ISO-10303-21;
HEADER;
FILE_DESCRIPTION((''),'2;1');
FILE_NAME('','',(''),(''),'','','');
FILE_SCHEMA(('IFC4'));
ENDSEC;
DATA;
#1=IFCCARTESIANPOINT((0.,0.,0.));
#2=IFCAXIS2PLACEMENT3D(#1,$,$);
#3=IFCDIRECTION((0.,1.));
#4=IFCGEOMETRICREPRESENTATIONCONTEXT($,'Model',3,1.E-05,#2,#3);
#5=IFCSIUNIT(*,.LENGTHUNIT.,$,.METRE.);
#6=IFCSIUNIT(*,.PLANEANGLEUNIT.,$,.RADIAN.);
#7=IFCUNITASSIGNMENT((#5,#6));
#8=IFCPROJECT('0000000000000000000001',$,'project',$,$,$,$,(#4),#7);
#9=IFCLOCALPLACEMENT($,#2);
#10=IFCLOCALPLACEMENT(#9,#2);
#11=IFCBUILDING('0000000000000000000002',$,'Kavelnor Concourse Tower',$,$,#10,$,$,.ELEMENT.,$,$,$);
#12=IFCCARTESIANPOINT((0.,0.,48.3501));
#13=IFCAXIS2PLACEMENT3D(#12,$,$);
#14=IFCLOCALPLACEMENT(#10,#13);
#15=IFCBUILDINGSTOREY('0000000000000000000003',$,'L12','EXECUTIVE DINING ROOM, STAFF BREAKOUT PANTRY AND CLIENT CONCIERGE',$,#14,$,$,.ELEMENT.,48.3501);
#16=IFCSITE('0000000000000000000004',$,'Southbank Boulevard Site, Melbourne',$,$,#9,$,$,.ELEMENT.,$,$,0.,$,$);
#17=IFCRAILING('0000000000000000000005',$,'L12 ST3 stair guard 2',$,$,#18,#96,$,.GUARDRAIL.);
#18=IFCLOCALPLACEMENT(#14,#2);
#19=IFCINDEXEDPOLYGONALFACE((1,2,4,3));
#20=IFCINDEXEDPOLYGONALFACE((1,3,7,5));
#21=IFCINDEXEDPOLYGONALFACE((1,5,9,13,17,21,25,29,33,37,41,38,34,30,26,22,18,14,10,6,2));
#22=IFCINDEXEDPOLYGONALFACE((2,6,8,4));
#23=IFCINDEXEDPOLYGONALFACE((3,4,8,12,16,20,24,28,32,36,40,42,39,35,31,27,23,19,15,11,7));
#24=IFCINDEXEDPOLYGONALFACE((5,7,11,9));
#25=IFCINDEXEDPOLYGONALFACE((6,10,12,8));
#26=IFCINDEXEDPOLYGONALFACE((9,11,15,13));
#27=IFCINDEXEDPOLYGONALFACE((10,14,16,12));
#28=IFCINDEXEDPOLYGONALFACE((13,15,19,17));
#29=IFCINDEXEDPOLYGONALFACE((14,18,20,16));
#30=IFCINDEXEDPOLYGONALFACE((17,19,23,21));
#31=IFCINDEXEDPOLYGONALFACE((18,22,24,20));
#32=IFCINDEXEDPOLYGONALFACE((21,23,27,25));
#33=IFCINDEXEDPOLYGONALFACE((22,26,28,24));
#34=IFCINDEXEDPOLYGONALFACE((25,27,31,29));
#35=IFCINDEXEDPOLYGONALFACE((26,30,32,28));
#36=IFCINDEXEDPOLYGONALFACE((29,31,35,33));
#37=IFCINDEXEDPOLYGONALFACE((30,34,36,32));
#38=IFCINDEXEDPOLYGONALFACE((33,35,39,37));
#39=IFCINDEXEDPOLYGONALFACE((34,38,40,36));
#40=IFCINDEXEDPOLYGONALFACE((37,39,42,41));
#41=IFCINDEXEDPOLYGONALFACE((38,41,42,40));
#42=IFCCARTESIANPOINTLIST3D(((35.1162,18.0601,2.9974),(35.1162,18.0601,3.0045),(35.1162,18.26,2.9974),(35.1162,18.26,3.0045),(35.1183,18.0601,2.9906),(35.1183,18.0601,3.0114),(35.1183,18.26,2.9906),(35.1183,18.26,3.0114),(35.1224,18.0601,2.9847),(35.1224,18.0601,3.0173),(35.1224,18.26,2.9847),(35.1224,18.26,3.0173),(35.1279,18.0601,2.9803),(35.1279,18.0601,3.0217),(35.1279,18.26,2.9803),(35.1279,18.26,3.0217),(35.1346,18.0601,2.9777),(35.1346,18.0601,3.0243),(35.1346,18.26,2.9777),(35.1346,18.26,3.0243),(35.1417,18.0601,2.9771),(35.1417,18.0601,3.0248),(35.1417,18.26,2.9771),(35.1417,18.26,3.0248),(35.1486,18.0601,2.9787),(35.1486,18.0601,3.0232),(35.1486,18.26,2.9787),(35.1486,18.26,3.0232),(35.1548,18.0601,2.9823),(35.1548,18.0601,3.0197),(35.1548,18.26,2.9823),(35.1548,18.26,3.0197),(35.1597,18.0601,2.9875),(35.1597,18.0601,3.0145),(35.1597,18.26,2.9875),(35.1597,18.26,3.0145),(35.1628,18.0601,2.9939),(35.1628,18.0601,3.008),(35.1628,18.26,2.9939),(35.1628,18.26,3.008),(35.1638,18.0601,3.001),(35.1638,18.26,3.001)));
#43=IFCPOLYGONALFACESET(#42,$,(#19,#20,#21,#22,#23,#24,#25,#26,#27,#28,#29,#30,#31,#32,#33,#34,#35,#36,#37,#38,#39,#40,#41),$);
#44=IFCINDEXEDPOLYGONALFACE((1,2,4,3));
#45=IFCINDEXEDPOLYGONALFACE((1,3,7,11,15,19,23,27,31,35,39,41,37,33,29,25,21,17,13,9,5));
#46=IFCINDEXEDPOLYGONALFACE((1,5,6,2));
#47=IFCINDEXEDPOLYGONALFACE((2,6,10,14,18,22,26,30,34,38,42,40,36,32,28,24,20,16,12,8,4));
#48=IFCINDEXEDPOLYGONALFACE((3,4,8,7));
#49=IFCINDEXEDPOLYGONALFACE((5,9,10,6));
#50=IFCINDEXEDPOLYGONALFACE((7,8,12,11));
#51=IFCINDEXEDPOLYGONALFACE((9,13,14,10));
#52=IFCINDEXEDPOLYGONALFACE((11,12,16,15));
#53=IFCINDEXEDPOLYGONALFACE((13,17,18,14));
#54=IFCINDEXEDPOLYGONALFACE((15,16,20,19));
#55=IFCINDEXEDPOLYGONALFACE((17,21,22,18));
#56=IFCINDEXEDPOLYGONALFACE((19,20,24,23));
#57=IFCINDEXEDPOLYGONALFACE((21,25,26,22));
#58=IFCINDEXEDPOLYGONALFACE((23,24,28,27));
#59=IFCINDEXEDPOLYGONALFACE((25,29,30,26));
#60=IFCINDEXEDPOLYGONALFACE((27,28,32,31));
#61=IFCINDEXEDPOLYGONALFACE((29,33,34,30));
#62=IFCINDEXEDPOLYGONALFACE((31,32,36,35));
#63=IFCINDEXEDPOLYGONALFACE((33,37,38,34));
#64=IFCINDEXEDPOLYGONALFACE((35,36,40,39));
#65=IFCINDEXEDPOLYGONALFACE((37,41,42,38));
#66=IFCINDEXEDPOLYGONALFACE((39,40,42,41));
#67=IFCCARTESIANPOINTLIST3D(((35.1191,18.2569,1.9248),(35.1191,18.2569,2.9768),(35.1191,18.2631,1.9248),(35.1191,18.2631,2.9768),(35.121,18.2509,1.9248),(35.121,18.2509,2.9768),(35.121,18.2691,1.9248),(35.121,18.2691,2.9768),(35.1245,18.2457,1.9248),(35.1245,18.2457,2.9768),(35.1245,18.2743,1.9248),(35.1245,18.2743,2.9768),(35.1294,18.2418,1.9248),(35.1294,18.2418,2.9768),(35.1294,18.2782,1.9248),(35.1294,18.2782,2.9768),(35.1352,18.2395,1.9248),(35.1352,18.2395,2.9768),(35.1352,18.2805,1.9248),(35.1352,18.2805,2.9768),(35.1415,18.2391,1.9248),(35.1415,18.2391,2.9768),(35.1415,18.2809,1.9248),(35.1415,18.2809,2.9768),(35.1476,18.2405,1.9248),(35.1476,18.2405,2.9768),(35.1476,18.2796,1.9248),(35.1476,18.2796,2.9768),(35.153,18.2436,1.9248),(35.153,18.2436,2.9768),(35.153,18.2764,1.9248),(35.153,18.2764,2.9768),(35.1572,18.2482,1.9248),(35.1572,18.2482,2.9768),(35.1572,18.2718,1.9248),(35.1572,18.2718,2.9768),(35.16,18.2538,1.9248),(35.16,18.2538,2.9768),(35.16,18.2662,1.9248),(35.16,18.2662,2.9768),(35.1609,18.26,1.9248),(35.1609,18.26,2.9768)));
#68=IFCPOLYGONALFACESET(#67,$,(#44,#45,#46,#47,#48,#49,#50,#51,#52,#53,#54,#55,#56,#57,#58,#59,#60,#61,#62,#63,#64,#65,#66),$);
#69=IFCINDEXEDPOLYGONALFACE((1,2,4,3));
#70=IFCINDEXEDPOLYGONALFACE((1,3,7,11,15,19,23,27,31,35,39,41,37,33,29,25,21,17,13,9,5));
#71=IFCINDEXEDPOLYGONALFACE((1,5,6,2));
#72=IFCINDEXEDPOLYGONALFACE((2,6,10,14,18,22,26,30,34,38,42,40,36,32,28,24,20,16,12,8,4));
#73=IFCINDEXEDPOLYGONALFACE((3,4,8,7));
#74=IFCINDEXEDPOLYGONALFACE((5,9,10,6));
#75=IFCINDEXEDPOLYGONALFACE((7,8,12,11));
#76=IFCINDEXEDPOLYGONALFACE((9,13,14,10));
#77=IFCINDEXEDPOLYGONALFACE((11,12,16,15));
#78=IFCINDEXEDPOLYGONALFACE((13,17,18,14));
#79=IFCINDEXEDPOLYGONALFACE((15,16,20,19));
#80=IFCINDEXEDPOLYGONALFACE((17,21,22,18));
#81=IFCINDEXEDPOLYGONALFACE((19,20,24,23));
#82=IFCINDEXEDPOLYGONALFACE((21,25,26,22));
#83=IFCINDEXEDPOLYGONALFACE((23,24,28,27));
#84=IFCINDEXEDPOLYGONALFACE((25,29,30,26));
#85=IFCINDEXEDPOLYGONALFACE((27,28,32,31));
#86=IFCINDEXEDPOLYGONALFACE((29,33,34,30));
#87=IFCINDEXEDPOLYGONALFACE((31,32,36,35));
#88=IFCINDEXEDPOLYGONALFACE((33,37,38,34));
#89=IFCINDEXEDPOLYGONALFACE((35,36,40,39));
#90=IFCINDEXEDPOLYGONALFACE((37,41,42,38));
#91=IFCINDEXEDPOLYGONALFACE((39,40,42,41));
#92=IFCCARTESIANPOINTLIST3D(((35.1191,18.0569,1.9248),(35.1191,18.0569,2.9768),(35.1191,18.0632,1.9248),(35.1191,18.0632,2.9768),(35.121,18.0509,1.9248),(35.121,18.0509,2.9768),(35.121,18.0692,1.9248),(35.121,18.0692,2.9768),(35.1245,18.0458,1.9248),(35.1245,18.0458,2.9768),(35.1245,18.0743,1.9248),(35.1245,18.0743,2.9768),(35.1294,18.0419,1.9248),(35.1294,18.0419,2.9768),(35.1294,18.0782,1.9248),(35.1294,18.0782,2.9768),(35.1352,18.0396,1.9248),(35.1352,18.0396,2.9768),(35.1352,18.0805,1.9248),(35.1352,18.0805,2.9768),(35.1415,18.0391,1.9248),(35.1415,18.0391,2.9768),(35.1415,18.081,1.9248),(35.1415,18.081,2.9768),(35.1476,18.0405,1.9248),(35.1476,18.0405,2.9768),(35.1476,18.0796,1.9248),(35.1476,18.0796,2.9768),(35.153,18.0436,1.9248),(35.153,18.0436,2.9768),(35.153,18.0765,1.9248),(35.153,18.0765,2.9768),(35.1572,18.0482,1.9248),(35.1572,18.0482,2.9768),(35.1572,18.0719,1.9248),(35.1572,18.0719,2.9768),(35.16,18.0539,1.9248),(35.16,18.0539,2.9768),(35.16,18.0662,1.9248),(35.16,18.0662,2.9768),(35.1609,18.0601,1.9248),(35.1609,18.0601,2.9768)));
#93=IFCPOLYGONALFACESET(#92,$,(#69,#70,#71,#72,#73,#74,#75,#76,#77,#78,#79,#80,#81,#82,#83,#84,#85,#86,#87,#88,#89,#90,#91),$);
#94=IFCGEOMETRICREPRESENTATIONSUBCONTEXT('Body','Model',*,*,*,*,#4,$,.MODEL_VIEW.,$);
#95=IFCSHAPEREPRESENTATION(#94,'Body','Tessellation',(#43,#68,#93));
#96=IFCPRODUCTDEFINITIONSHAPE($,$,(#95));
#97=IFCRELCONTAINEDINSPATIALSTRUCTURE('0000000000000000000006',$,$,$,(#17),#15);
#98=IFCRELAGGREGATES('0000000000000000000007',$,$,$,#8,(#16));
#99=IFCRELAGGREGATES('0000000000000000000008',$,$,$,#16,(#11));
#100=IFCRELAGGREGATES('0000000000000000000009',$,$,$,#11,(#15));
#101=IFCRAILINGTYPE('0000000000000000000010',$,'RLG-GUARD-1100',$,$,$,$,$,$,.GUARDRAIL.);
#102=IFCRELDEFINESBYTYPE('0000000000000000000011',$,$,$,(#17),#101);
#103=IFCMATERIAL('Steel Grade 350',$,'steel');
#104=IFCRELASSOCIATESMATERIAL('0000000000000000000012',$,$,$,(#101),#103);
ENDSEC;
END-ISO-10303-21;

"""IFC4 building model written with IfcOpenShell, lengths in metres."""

from ifc_helpers import new_model, si_unit, direction, frame, origin, origin_2d, place, context, subcontext, project, spatial, circle, extrude, material, type_object, element, save


model = new_model("IFC4")

# Units and contexts
model_context = context("Model", 3, precision=1e-05, world=origin(), true_north=direction((0.0, 1.0)))
body_context = subcontext(model_context, "Body", "Model", "MODEL_VIEW")
ifc_project = project(units=[si_unit("LENGTHUNIT", "METRE"), si_unit("PLANEANGLEUNIT", "RADIAN")], contexts=[model_context])

# Site, building, storey
site_placement = place(None, origin())
site = spatial("IfcSite", under=ifc_project, at=site_placement, Name="Southbank Boulevard Site, Melbourne", CompositionType="ELEMENT", RefElevation=0.0)
building_placement = place(site_placement, origin())
building = spatial("IfcBuilding", under=site, at=building_placement, Name="Kavelnor Concourse Tower", CompositionType="ELEMENT")
storey_placement = place(building_placement, frame((0.0, 0.0, 48.3501)))
storey = spatial("IfcBuildingStorey", under=building, at=storey_placement, Name="L12", Description="EXECUTIVE DINING ROOM, STAFF BREAKOUT PANTRY AND CLIENT CONCIERGE", CompositionType="ELEMENT", Elevation=48.3501)

# Shared definitions
ifc_material_1 = material(Name="Steel Grade 350", Category="steel")

# Railing
railing_type_1 = type_object("IfcRailingType", Name="RLG-GUARD-1100", PredefinedType="GUARDRAIL", material=ifc_material_1)
railing_1_placement = place(storey_placement, frame((35.1399, 18.26, 1.9248)))
element("IfcRailing", 1, at=railing_1_placement, inside=storey, type_object=railing_type_1, Name="L12 ST3 stair guard 2", PredefinedType="GUARDRAIL", context=body_context, shape_type="SweptSolid", body=[
    extrude(circle(Radius=0.0239, at=origin_2d()), frame((0.0, 0.0, 1.0762), z_axis=(0.0, -1.0, 0.0), x_axis=(1.0, 0.0, 0.0)), (0.0, 0.0, 1.0), 0.2),
    extrude(circle(Radius=0.021, at=origin_2d()), origin(), (0.0, 0.0, 1.0), 1.052),
    extrude(circle(Radius=0.021, at=origin_2d()), frame((0.0, -0.2, 0.0)), (0.0, 0.0, 1.0), 1.052),
])

save(model, "model.ifc")
